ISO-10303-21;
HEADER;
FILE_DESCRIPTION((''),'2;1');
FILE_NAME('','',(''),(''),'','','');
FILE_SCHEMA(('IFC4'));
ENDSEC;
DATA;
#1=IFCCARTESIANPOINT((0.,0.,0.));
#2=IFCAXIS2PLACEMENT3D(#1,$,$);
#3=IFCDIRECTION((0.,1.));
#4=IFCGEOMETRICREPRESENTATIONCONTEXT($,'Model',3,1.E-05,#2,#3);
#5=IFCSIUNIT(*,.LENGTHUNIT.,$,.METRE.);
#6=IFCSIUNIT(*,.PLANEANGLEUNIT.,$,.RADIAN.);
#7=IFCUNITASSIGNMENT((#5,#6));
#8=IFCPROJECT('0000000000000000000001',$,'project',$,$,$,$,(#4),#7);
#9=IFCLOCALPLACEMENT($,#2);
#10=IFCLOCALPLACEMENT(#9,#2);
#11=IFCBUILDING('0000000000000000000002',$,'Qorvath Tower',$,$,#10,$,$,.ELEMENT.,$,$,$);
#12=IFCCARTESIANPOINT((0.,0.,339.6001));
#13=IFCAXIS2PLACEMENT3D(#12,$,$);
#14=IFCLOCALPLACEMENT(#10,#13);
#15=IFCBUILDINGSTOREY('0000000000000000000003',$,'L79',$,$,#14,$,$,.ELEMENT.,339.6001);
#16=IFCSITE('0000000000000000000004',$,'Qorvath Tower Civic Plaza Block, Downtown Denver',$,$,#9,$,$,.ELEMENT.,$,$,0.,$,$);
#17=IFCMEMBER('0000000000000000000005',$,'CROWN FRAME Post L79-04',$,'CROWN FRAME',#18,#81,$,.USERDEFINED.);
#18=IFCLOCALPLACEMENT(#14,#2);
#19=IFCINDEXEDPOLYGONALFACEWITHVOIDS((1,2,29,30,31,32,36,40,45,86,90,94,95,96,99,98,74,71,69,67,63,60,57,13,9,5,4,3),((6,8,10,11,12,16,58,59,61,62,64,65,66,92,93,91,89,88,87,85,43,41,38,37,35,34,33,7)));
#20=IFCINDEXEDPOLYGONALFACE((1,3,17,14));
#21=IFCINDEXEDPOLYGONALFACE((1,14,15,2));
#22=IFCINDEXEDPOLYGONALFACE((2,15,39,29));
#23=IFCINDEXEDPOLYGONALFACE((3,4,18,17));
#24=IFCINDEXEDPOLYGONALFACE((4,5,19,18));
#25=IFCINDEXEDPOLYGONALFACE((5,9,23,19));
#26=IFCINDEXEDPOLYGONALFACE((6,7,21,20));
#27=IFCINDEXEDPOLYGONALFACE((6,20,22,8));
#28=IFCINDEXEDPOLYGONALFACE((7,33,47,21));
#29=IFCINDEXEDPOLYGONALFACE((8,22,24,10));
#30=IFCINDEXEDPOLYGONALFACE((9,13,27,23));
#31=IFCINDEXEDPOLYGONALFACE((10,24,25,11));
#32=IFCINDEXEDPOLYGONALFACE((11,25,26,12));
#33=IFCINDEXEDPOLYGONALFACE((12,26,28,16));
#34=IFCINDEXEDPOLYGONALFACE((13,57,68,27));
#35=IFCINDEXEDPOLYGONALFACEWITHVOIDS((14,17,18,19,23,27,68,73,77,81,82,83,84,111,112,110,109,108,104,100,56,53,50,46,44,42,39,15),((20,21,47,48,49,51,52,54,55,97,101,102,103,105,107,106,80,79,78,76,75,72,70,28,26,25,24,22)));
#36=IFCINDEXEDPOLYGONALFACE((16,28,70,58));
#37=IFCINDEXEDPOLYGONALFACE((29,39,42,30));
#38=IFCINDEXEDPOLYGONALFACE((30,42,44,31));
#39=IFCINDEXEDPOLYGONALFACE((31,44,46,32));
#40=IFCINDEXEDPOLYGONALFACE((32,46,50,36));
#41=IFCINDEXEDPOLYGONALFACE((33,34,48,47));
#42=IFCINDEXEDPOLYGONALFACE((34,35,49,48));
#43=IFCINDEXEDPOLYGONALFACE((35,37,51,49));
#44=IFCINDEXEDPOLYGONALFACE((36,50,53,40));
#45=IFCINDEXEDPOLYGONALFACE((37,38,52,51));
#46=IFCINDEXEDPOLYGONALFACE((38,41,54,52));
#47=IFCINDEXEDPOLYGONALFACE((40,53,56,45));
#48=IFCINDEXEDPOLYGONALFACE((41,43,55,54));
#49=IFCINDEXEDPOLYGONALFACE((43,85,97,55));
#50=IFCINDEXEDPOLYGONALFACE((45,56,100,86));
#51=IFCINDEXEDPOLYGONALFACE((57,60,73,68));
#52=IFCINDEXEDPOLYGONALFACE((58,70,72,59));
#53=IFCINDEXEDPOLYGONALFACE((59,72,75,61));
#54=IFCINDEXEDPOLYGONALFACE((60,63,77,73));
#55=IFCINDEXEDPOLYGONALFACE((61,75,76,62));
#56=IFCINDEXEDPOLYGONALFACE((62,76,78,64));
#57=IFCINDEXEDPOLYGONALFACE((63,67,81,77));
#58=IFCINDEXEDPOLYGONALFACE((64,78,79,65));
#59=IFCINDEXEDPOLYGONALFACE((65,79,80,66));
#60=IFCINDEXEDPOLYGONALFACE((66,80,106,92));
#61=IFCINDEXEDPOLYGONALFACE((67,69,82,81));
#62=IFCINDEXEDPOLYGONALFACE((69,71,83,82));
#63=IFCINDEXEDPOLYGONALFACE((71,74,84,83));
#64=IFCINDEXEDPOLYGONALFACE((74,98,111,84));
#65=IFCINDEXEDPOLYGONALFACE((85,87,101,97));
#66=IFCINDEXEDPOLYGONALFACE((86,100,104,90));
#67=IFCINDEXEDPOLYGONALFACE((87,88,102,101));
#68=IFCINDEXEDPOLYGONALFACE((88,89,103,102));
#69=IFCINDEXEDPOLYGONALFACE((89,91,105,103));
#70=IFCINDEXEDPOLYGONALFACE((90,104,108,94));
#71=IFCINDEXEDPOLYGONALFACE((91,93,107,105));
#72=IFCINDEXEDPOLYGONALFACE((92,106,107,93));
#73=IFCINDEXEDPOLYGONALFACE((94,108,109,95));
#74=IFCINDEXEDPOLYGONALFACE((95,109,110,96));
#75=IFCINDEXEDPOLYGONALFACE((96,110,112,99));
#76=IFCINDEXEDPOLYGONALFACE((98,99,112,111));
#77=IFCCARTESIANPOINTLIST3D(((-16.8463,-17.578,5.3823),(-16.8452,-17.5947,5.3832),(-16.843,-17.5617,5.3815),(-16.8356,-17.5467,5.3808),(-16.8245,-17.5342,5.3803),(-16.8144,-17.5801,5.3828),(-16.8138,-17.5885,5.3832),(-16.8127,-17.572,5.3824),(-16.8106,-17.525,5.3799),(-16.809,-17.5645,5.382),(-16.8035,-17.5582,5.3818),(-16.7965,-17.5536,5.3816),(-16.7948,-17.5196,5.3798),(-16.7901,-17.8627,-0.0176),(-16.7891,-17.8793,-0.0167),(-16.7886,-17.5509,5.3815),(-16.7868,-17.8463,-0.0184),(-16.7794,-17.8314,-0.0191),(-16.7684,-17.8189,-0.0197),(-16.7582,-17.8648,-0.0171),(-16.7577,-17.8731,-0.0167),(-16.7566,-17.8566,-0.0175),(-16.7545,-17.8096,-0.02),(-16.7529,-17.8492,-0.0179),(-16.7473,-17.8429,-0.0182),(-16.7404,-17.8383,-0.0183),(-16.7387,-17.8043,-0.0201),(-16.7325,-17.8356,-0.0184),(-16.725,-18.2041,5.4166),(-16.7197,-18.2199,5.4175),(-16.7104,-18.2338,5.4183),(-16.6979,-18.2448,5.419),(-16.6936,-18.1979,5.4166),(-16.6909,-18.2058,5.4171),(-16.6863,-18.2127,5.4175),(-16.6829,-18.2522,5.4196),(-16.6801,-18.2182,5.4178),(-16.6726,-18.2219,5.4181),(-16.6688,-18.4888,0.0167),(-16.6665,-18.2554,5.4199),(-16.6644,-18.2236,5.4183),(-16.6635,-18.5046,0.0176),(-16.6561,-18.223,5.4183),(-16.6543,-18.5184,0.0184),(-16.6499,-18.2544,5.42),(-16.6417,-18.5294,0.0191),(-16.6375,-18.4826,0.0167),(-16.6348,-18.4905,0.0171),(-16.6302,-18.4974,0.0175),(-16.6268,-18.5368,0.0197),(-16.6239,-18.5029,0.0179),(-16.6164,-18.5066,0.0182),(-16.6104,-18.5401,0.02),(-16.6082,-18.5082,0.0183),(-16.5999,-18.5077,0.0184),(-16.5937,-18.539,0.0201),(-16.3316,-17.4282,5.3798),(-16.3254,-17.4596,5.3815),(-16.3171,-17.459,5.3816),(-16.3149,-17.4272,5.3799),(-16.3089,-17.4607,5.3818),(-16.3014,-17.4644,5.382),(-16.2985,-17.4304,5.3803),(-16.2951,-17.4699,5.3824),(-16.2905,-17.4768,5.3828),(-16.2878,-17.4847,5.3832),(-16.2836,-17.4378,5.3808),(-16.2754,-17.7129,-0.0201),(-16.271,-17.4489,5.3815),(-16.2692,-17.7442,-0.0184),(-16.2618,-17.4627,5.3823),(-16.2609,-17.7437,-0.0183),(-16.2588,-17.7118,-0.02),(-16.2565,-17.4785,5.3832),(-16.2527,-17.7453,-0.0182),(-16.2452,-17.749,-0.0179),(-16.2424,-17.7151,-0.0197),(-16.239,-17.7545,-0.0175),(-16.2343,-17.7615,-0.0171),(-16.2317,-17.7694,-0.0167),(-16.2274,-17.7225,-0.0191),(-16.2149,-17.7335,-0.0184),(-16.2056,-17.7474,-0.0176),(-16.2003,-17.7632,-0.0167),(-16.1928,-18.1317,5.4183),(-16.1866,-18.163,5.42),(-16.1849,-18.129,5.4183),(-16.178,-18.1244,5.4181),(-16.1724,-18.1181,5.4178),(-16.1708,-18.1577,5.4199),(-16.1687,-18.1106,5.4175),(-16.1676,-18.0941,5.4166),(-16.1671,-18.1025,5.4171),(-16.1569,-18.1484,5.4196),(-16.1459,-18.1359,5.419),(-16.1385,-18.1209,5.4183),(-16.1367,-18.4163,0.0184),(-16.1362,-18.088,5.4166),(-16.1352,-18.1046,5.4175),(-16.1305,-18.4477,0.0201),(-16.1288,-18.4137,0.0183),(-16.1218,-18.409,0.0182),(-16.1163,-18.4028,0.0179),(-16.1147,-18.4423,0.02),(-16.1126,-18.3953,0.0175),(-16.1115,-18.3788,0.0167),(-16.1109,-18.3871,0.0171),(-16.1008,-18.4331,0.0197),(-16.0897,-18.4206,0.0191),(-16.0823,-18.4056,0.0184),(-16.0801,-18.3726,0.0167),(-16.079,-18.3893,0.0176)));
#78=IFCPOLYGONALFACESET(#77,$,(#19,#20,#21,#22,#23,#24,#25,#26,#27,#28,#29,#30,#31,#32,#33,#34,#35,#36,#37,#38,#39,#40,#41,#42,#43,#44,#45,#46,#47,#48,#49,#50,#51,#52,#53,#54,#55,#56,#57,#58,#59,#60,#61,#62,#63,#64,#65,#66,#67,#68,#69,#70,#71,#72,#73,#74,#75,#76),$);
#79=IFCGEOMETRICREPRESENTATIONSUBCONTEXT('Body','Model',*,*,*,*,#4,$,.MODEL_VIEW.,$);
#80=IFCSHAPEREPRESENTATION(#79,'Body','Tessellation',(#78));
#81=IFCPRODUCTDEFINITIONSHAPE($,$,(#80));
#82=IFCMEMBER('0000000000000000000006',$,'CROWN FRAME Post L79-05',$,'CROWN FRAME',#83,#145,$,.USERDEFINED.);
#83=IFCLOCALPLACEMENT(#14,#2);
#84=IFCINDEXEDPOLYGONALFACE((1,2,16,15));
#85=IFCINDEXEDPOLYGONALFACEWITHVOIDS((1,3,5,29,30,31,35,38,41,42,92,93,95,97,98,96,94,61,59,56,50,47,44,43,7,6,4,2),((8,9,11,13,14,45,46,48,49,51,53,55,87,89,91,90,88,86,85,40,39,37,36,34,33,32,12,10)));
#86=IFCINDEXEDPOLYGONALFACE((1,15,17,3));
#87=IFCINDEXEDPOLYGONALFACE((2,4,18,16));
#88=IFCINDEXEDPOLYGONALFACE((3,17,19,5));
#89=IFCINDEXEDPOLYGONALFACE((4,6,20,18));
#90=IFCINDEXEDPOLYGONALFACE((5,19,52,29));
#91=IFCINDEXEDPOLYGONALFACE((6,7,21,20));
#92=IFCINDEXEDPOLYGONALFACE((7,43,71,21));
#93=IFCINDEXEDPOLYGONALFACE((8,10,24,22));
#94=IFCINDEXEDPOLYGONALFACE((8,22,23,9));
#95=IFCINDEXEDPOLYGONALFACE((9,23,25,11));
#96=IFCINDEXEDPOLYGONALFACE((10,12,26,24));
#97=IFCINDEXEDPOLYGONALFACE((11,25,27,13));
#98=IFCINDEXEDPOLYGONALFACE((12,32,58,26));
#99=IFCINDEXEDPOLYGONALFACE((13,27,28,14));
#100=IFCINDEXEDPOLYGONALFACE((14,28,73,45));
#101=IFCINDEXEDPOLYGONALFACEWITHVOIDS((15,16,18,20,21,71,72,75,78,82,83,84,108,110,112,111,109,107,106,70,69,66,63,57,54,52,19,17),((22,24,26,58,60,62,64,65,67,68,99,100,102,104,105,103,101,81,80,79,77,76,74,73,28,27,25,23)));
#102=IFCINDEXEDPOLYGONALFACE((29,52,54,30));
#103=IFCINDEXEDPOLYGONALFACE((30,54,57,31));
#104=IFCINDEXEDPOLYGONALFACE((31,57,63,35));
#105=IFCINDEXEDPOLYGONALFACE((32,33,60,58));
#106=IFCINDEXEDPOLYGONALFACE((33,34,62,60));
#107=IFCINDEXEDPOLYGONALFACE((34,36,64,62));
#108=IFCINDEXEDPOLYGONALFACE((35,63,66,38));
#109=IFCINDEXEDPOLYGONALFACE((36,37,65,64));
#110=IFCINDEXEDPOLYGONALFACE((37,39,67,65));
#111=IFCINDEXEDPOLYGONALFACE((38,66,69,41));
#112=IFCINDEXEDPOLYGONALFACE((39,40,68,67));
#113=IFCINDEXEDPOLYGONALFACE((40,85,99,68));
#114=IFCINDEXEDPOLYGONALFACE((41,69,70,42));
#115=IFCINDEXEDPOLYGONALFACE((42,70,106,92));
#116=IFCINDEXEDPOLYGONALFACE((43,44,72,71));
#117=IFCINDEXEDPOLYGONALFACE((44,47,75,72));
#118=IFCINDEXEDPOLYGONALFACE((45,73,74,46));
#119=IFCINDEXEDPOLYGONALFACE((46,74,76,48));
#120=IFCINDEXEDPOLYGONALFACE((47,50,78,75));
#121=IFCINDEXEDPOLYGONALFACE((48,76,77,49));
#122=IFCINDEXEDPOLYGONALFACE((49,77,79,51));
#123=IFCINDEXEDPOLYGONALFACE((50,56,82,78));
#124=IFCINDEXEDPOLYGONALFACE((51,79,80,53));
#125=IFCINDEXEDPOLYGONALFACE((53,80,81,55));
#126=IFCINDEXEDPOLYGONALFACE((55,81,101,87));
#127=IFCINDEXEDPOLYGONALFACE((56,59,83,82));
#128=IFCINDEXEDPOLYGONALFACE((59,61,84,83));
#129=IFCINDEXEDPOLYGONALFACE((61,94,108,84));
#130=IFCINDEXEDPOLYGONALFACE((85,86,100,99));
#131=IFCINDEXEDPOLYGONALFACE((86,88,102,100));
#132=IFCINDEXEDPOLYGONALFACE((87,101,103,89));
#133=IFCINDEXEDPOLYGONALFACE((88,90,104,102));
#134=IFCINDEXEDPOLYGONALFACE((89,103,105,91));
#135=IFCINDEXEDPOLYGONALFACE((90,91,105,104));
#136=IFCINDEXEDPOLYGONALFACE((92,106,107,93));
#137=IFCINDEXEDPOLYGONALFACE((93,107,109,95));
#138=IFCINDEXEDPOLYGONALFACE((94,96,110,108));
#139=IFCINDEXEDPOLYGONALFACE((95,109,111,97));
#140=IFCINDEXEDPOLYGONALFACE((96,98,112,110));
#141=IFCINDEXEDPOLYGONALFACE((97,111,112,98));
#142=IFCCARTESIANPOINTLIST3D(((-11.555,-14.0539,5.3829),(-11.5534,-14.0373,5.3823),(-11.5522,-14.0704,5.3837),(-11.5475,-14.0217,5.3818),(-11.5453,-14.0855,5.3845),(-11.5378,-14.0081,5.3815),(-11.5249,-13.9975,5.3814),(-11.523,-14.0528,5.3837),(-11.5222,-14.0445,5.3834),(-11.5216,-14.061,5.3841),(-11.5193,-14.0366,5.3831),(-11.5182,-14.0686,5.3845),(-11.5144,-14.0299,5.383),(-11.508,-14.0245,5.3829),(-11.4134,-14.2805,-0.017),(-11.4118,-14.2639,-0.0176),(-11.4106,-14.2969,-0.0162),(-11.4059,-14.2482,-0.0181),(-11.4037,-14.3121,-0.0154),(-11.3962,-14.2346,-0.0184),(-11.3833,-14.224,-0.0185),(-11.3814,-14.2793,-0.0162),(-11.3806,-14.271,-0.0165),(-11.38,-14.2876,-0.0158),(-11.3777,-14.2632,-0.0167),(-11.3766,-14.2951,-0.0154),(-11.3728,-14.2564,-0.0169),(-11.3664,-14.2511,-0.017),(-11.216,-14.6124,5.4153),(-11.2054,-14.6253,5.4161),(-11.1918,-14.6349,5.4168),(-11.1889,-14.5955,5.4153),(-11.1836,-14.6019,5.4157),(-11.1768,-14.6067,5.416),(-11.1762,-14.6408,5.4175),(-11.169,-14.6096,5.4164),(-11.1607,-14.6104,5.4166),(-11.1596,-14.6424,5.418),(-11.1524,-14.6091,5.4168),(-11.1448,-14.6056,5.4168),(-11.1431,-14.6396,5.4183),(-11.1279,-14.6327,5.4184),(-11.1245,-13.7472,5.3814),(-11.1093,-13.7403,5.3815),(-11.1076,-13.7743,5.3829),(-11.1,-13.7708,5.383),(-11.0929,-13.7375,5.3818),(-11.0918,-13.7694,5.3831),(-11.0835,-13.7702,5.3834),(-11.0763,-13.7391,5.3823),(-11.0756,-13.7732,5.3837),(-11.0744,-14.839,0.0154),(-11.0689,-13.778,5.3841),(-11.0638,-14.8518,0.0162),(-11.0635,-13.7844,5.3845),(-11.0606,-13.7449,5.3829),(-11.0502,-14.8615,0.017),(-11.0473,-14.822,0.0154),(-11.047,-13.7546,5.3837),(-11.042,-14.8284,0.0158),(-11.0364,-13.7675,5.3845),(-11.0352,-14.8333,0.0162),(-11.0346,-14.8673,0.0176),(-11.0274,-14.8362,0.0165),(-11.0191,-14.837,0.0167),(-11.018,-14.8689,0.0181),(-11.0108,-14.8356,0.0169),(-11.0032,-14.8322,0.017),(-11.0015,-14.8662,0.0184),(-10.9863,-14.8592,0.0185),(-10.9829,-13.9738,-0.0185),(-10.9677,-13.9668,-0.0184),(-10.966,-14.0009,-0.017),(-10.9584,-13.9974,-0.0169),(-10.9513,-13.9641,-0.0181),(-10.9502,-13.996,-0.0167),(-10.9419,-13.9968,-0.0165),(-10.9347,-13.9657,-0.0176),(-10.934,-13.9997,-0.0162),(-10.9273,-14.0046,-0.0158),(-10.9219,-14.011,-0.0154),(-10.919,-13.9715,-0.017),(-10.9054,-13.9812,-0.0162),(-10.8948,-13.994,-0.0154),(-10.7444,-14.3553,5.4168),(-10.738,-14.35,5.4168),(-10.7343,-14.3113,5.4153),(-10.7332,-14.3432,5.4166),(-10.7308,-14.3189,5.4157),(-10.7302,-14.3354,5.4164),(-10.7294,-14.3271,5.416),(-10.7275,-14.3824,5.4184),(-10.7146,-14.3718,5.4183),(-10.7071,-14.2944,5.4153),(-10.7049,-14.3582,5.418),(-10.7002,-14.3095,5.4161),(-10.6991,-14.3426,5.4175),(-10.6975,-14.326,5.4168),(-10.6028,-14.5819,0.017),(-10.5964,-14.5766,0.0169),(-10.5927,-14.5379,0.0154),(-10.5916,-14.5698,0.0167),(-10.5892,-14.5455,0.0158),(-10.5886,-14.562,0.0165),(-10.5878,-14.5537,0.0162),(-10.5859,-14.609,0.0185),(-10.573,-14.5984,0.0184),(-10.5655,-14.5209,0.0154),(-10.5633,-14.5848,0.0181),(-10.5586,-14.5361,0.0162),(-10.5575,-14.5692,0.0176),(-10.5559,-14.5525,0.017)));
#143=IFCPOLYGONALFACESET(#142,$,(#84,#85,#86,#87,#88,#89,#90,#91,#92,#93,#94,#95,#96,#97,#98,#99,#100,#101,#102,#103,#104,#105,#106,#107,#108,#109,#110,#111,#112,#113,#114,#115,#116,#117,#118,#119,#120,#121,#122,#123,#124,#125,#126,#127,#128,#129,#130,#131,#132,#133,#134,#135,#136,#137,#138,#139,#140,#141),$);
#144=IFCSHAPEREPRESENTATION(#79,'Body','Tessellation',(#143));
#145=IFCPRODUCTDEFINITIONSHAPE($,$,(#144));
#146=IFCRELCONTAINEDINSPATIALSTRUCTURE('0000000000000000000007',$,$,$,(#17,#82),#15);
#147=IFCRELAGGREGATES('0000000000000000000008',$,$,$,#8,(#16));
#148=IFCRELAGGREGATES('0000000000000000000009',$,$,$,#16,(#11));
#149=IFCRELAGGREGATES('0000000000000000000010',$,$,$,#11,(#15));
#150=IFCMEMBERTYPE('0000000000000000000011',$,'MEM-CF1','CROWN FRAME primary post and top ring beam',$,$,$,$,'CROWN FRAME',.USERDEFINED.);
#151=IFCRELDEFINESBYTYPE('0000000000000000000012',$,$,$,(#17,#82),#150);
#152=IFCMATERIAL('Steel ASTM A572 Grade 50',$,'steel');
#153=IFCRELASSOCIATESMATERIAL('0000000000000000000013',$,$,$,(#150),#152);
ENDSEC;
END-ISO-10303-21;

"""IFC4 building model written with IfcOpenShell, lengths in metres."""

from ifc_helpers import new_model, si_unit, direction, frame, origin, origin_2d, place, context, subcontext, project, spatial, hollow_rectangle, extrude, material, material_profile, profile_set, type_object, element, save


model = new_model("IFC4")

# Units and contexts
model_context = context("Model", 3, precision=1e-05, world=origin(), true_north=direction((0.0, 1.0)))
body_context = subcontext(model_context, "Body", "Model", "MODEL_VIEW")
ifc_project = project(units=[si_unit("LENGTHUNIT", "METRE"), si_unit("PLANEANGLEUNIT", "RADIAN")], contexts=[model_context])

# Site, building, storey
site_placement = place(None, origin())
site = spatial("IfcSite", under=ifc_project, at=site_placement, Name="Qorvath Tower Civic Plaza Block, Downtown Denver", CompositionType="ELEMENT", RefElevation=0.0)
building_placement = place(site_placement, origin())
building = spatial("IfcBuilding", under=site, at=building_placement, Name="Qorvath Tower", CompositionType="ELEMENT")
storey_placement = place(building_placement, frame((0.0, 0.0, 339.6001)))
storey = spatial("IfcBuildingStorey", under=building, at=storey_placement, Name="L79", CompositionType="ELEMENT", Elevation=339.6001)

# Members
ifc_material_1 = material(Name="Steel ASTM A572 Grade 50", Category="steel")
ifc_material_profile_1 = material_profile(ifc_material_1, hollow_rectangle(XDim=0.6001, YDim=0.75, WallThickness=0.032, InnerFilletRadius=0.032, OuterFilletRadius=0.064, at=origin_2d()), Name="CROWN BOX 750x600x32")
ifc_profile_set_1 = profile_set([ifc_material_profile_1], Name="Steel ASTM A572 Grade 50")
member_type_1 = type_object("IfcMemberType", Name="MEM-CF1", Description="CROWN FRAME primary post and top ring beam", ElementType="CROWN FRAME", PredefinedType="USERDEFINED", material=ifc_profile_set_1)
member_1_placement = place(storey_placement, frame((-16.4346, -18.126, 0.0), z_axis=(-0.010384, 0.052641, 0.998559), x_axis=(-0.981095, -0.193526, 0.0)))
element("IfcMember", 1, at=member_1_placement, inside=storey, type_object=member_type_1, Name="CROWN FRAME Post L79-04", ObjectType="CROWN FRAME", PredefinedType="USERDEFINED", context=body_context, shape_type="SweptSolid", body=[
    extrude(hollow_rectangle(XDim=0.6001, YDim=0.75, WallThickness=0.032, InnerFilletRadius=0.032, OuterFilletRadius=0.064, at=origin_2d()), origin(), (0.0, 0.0, 1.0), 5.4077),
])
member_2_placement = place(storey_placement, frame((-10.9846, -14.4165, 0.0), z_axis=(-0.026191, 0.041906, 0.998778), x_axis=(-0.847998, -0.529999, 0.0)))
element("IfcMember", 2, at=member_2_placement, inside=storey, type_object=member_type_1, Name="CROWN FRAME Post L79-05", ObjectType="CROWN FRAME", PredefinedType="USERDEFINED", context=body_context, shape_type="SweptSolid", body=[
    extrude(hollow_rectangle(XDim=0.6001, YDim=0.75, WallThickness=0.032, InnerFilletRadius=0.032, OuterFilletRadius=0.064, at=origin_2d()), origin(), (0.0, 0.0, 1.0), 5.4065),
])

save(model, "model.ifc")
